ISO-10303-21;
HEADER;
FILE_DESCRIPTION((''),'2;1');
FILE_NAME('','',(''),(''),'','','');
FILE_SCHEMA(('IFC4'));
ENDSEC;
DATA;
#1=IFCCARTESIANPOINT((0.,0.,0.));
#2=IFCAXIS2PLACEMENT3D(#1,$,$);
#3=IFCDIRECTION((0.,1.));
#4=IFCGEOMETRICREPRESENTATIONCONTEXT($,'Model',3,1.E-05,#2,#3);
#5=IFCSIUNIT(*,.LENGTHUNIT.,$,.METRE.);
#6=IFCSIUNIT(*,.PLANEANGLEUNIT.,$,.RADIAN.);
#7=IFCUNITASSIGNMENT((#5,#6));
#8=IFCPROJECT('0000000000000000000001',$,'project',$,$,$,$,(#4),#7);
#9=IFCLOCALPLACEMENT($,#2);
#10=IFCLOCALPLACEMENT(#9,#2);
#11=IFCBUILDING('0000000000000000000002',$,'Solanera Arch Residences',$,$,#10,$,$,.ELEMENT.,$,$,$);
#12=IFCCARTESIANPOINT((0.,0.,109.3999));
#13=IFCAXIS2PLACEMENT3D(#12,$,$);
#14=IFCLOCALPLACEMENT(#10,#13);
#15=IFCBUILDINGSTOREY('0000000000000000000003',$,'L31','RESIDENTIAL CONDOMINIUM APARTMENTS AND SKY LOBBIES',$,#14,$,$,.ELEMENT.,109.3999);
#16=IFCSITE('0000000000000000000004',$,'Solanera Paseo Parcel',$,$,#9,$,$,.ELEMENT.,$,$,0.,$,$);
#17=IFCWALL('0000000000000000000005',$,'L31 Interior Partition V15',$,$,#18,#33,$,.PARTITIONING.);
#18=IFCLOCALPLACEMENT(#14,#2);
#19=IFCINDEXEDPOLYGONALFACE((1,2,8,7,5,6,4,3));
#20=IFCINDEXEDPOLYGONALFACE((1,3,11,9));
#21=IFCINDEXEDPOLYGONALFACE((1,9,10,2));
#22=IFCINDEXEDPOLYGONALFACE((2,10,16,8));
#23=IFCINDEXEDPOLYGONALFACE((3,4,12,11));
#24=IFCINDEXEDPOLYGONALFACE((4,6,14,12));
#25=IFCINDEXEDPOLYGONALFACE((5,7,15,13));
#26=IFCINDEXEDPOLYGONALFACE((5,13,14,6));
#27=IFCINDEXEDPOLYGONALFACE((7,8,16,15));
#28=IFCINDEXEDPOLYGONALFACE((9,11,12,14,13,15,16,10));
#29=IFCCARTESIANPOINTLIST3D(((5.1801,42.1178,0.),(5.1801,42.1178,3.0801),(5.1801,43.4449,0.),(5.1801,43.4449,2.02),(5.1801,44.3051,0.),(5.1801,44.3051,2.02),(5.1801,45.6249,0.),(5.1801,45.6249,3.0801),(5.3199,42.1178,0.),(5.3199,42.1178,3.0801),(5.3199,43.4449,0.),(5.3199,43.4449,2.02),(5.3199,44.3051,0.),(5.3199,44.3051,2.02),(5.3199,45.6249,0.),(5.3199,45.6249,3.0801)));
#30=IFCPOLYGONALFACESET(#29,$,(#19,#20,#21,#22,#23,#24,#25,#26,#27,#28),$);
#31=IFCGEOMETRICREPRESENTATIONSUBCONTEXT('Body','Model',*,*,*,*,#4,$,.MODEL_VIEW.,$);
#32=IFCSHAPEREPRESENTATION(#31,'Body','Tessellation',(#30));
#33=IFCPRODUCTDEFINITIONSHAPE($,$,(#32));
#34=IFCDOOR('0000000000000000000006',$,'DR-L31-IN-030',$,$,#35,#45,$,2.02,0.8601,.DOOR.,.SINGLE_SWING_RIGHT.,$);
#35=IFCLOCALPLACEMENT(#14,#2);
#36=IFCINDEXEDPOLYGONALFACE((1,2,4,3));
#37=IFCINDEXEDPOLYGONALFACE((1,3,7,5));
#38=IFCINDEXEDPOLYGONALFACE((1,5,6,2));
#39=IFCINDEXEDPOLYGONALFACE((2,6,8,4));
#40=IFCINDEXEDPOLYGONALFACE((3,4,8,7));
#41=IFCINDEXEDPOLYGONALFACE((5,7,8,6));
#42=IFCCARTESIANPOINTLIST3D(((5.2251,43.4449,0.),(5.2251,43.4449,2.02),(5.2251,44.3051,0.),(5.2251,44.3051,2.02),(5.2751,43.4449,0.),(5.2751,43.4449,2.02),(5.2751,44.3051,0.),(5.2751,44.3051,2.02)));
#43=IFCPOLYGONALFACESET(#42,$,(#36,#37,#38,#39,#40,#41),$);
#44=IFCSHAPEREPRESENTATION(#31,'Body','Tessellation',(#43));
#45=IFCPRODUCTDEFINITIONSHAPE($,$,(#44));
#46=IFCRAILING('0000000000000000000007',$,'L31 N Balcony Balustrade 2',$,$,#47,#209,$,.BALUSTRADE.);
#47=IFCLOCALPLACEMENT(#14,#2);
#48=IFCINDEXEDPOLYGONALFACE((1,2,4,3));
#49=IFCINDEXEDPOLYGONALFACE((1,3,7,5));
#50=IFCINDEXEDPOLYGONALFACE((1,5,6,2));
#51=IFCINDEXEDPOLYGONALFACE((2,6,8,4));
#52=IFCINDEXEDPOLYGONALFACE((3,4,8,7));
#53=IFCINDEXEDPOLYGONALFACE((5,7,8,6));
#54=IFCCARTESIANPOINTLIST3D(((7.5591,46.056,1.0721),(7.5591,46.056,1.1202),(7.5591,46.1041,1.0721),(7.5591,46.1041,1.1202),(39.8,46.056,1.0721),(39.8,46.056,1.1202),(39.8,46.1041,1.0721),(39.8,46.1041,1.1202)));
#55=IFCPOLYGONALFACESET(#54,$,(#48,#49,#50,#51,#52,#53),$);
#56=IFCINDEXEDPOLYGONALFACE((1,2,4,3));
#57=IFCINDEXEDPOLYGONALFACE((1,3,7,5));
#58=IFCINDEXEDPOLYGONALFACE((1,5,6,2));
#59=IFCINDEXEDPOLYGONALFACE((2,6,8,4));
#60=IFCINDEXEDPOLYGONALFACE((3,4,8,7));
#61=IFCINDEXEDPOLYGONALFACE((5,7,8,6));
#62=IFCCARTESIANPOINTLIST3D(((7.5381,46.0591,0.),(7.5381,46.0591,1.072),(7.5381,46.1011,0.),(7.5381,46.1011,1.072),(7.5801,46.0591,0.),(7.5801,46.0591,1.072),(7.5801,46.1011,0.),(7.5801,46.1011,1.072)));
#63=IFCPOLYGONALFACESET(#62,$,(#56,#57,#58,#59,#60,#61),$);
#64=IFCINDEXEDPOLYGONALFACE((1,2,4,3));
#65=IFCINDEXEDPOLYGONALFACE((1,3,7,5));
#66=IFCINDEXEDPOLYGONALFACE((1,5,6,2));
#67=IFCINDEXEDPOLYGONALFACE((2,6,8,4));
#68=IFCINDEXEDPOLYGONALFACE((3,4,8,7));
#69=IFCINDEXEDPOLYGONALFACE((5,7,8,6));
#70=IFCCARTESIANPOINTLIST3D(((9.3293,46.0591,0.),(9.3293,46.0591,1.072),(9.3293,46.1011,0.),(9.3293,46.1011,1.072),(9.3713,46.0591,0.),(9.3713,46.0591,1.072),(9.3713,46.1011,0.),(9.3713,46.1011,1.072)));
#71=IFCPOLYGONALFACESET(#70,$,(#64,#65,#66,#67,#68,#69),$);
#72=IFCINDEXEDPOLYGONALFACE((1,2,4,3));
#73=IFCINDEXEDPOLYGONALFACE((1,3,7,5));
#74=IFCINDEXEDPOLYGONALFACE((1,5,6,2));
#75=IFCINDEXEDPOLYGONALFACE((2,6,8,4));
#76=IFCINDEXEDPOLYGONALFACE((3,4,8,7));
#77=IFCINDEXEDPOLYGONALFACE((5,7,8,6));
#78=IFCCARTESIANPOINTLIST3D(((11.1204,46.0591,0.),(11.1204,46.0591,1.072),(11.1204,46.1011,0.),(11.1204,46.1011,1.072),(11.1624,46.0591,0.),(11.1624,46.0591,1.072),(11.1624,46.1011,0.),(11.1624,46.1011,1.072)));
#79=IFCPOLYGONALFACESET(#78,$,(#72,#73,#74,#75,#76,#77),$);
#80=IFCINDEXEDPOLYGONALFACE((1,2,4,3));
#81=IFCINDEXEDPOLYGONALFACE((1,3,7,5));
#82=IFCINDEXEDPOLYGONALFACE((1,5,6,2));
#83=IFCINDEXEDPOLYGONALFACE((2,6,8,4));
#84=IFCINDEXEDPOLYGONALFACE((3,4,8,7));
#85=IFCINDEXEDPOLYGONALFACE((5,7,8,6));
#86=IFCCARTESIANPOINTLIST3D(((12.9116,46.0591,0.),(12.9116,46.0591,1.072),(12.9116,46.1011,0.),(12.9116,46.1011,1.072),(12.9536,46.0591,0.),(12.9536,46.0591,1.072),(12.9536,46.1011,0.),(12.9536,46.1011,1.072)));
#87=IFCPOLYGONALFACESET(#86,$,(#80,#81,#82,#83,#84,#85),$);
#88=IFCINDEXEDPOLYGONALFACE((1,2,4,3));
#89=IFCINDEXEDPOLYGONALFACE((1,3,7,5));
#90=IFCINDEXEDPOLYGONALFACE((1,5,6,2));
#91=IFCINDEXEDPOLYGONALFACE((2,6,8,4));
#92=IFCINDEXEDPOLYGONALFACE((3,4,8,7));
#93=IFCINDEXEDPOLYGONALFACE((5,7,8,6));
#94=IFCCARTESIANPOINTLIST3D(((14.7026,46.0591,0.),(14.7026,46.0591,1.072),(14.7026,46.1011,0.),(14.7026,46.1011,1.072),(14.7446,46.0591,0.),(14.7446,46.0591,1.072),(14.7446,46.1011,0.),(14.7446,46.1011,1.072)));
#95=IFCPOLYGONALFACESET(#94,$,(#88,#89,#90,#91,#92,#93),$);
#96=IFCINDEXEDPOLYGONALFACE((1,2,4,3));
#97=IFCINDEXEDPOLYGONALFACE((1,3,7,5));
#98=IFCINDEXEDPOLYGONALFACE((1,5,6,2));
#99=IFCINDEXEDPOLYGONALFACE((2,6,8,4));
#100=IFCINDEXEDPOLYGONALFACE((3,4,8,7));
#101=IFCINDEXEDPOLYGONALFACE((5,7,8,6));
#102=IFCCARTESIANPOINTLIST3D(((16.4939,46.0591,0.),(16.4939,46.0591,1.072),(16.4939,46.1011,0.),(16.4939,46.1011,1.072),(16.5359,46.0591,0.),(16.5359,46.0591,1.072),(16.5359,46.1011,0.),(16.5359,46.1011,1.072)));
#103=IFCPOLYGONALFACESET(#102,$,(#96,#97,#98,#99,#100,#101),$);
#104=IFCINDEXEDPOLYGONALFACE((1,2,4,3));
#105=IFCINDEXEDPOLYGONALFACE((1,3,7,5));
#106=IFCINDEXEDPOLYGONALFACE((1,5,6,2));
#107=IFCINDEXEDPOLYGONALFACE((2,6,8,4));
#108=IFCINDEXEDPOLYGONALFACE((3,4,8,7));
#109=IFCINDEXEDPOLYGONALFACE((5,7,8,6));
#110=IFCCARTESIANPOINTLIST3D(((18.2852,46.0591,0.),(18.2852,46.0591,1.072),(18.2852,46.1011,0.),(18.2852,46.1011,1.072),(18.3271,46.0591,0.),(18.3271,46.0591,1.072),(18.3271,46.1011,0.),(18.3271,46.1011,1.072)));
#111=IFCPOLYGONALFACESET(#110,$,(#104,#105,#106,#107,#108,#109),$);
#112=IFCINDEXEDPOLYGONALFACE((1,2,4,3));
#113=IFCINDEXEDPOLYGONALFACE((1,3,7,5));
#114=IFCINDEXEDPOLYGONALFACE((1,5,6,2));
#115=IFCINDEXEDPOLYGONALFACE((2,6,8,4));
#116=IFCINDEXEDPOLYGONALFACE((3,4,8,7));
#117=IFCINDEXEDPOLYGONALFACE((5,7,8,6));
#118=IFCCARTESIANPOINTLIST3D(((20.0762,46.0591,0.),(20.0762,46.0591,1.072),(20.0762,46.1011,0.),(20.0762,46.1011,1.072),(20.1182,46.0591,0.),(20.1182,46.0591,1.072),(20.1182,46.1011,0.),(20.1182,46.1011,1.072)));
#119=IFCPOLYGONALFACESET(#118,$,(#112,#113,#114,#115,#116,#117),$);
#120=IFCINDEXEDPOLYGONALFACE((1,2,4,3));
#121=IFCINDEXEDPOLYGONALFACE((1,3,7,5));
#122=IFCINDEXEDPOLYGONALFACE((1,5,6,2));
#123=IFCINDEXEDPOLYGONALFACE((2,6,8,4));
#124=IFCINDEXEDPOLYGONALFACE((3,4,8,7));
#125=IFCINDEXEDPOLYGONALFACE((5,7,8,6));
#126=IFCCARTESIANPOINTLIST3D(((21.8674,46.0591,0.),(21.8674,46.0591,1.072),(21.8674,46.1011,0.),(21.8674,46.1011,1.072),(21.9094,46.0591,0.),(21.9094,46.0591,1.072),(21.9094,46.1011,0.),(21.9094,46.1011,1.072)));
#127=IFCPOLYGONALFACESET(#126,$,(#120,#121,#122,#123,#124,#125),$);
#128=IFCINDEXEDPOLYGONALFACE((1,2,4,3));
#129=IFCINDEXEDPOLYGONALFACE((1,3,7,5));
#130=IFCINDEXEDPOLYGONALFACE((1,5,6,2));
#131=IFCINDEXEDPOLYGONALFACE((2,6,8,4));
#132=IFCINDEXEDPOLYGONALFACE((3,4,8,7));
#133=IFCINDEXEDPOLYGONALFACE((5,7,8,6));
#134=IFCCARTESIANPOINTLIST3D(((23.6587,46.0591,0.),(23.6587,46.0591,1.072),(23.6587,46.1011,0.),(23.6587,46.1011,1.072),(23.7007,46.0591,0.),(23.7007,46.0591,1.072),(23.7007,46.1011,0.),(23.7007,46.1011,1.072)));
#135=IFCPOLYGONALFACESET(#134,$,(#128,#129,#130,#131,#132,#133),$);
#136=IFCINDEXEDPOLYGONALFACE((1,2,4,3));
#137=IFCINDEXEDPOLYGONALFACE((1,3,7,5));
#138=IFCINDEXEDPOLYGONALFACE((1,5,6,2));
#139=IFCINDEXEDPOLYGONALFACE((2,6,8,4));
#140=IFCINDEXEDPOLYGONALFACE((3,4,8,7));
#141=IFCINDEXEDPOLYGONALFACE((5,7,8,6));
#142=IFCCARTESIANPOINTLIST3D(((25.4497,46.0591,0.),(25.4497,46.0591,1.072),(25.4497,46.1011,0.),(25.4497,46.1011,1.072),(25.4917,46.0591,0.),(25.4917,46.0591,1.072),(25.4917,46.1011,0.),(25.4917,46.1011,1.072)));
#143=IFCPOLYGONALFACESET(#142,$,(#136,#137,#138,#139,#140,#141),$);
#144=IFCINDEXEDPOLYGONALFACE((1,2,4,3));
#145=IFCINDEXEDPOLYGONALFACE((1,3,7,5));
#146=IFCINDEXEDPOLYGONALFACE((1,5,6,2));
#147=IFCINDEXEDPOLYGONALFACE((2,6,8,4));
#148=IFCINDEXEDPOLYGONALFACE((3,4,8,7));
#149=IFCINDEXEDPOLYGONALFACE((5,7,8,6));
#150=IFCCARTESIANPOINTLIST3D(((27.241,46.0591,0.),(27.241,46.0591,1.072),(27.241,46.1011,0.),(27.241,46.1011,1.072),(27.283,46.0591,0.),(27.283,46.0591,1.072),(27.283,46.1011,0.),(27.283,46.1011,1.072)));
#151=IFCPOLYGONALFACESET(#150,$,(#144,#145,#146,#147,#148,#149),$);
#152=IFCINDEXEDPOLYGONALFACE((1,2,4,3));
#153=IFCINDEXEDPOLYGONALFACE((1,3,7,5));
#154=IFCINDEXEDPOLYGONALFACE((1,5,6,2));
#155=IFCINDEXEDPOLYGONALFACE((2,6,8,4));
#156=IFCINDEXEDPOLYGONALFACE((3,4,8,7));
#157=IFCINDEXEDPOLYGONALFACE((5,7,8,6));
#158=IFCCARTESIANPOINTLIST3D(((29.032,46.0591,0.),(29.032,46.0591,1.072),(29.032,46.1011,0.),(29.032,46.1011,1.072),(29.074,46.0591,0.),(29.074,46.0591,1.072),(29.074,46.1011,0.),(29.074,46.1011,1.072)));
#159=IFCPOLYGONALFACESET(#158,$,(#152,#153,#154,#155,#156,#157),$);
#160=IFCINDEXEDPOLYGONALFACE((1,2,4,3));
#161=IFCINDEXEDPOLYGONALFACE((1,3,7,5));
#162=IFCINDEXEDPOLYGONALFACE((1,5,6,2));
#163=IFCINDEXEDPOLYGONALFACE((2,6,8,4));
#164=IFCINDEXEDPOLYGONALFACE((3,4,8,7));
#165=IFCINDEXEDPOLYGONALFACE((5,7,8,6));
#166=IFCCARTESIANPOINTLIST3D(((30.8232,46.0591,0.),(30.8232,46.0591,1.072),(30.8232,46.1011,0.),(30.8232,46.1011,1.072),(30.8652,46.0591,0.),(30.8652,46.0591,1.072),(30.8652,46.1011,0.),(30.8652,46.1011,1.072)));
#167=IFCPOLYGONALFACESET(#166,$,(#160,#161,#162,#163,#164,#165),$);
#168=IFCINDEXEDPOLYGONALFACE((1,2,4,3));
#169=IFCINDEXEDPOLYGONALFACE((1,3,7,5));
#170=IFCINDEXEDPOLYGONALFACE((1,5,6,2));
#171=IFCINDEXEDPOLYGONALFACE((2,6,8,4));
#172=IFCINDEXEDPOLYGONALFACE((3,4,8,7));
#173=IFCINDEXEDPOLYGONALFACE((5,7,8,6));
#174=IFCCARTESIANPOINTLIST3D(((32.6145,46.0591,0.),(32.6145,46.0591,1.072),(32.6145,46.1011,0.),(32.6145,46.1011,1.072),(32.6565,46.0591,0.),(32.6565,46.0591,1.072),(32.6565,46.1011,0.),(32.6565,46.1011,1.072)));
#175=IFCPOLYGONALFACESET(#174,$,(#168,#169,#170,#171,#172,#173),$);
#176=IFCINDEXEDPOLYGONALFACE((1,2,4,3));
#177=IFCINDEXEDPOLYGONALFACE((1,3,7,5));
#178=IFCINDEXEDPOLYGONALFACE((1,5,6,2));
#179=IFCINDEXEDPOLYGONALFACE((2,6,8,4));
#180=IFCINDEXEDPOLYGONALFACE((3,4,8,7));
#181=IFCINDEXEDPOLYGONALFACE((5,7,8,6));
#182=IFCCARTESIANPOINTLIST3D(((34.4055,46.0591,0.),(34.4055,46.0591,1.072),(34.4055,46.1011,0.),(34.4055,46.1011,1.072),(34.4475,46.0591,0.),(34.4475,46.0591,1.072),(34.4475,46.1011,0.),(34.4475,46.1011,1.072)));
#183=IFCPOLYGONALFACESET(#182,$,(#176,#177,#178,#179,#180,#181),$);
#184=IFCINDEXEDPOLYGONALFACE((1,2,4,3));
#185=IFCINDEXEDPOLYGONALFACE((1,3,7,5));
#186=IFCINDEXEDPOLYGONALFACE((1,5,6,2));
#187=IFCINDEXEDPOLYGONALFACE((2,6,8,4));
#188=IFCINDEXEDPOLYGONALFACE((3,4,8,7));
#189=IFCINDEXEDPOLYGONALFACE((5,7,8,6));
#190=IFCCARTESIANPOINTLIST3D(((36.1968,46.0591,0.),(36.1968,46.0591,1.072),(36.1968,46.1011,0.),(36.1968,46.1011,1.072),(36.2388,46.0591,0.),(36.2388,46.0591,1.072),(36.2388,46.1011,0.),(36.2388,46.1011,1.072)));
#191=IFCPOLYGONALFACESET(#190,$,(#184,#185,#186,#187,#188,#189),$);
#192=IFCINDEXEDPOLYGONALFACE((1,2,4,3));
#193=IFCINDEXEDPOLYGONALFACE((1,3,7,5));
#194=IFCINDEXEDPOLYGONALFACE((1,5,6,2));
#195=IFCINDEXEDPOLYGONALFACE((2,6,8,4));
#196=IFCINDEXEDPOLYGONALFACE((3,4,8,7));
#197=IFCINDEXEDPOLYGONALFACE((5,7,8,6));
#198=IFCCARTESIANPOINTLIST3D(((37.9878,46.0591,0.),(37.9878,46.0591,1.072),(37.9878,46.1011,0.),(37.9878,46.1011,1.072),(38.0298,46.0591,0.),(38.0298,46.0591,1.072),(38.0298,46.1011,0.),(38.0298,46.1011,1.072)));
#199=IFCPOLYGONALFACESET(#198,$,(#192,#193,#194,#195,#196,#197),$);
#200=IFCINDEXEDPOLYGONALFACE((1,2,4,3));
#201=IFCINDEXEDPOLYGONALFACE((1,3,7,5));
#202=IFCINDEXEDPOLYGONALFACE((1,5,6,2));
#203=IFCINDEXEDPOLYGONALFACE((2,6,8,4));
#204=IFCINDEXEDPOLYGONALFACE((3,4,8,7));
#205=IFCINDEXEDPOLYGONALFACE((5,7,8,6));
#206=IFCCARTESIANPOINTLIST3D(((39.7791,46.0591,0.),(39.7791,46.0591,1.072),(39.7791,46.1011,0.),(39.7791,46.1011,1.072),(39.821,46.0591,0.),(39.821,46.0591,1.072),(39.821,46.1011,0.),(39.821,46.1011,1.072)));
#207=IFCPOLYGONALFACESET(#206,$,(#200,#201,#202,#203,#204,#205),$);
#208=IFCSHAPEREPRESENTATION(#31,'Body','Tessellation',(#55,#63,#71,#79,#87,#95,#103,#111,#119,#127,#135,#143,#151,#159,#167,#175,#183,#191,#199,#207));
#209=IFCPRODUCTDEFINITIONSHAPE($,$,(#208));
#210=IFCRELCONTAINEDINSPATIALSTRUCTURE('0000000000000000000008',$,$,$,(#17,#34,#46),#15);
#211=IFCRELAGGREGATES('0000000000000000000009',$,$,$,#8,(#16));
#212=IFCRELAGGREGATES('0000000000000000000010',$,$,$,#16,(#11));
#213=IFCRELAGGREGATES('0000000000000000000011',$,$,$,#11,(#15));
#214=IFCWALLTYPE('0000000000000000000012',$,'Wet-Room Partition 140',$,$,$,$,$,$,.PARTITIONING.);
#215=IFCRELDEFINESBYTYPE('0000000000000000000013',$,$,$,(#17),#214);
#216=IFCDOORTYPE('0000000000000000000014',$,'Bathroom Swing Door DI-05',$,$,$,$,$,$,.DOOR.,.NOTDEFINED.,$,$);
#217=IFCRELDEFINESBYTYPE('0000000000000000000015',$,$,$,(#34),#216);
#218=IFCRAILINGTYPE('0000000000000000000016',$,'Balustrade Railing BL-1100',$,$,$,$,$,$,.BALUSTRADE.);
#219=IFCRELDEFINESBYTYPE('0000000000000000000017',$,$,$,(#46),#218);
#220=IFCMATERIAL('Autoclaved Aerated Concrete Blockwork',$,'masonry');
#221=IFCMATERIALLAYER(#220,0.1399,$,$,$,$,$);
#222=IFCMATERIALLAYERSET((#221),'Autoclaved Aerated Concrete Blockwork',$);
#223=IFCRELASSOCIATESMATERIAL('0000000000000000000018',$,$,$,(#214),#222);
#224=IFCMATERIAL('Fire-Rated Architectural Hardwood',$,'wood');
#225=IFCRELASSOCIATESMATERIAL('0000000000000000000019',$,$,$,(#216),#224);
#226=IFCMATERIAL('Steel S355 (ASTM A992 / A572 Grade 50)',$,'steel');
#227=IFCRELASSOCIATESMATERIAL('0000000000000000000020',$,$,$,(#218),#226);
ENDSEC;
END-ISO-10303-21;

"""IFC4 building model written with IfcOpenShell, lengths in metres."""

from ifc_helpers import new_model, si_unit, direction, frame, frame_2d, origin, origin_2d, place, context, subcontext, project, spatial, rectangle, extrude, material, layer, layer_set, type_object, element, fill, save


model = new_model("IFC4")

# Units and contexts
model_context = context("Model", 3, precision=1e-05, world=origin(), true_north=direction((0.0, 1.0)))
body_context = subcontext(model_context, "Body", "Model", "MODEL_VIEW")
ifc_project = project(units=[si_unit("LENGTHUNIT", "METRE"), si_unit("PLANEANGLEUNIT", "RADIAN")], contexts=[model_context])

# Site, building, storey
site_placement = place(None, origin())
site = spatial("IfcSite", under=ifc_project, at=site_placement, Name="Solanera Paseo Parcel", CompositionType="ELEMENT", RefElevation=0.0)
building_placement = place(site_placement, origin())
building = spatial("IfcBuilding", under=site, at=building_placement, Name="Solanera Arch Residences", CompositionType="ELEMENT")
storey_placement = place(building_placement, frame((0.0, 0.0, 109.3999)))
storey = spatial("IfcBuildingStorey", under=building, at=storey_placement, Name="L31", Description="RESIDENTIAL CONDOMINIUM APARTMENTS AND SKY LOBBIES", CompositionType="ELEMENT", Elevation=109.3999)

# Wall, opening, door
ifc_material_1 = material(Name="Autoclaved Aerated Concrete Blockwork", Category="masonry")
ifc_layer_1 = layer(ifc_material_1, 0.1399)
ifc_layer_set_1 = layer_set([ifc_layer_1], Name="Autoclaved Aerated Concrete Blockwork")
wall_type_1 = type_object("IfcWallType", Name="Wet-Room Partition 140", PredefinedType="PARTITIONING", material=ifc_layer_set_1)
wall_1_placement = place(storey_placement, frame((5.25, 42.1179, 0.0), z_axis=(0.0, 0.0, 1.0), x_axis=(0.0, 1.0, 0.0)))
wall_1 = element("IfcWall", 1, at=wall_1_placement, inside=storey, type_object=wall_type_1, Name="L31 Interior Partition V15", PredefinedType="PARTITIONING", context=body_context, shape_type="SweptSolid", body=[
    extrude(rectangle(XDim=3.5071, YDim=0.1399, at=frame_2d((1.7534, 0.0))), origin(), (0.0, 0.0, 1.0), 3.0801),
])
opening_1_placement = place(wall_1_placement, frame((1.3269, 0.0, 0.0)))
opening_1 = element("IfcOpeningElement", 2, at=opening_1_placement, cuts=wall_1, PredefinedType="OPENING", context=body_context, shape_type="SweptSolid", body=[
    extrude(rectangle(XDim=0.8601, YDim=2.02, at=frame_2d((0.4302, 1.01))), frame((0.0, 0.0798, 0.0), z_axis=(0.0, -1.0, 0.0), x_axis=(1.0, 0.0, 0.0)), (0.0, 0.0, 1.0), 0.1599),
])
ifc_material_2 = material(Name="Fire-Rated Architectural Hardwood", Category="wood")
door_type_1 = type_object("IfcDoorType", Name="Bathroom Swing Door DI-05", OperationType="NOTDEFINED", PredefinedType="DOOR", material=ifc_material_2)
door_1_placement = place(opening_1_placement, origin())
door_1 = element("IfcDoor", 3, at=door_1_placement, inside=storey, type_object=door_type_1, Name="DR-L31-IN-030", OperationType="SINGLE_SWING_RIGHT", OverallHeight=2.02, OverallWidth=0.8601, PredefinedType="DOOR", context=body_context, shape_type="SweptSolid", body=[
    extrude(rectangle(XDim=0.8601, YDim=2.02, at=frame_2d((0.4302, 1.01))), frame((0.0, 0.0249, 0.0), z_axis=(0.0, -1.0, 0.0), x_axis=(1.0, 0.0, 0.0)), (0.0, 0.0, 1.0), 0.05),
])
fill(opening_1, door_1)

# Railing
ifc_material_3 = material(Name="Steel S355 (ASTM A992 / A572 Grade 50)", Category="steel")
railing_type = type_object("IfcRailingType", Name="Balustrade Railing BL-1100", PredefinedType="BALUSTRADE", material=ifc_material_3)
railing_placement = place(storey_placement, frame((7.5591, 46.0801, 0.0)))
element("IfcRailing", 4, at=railing_placement, inside=storey, type_object=railing_type, Name="L31 N Balcony Balustrade 2", PredefinedType="BALUSTRADE", context=body_context, shape_type="SweptSolid", body=[
    extrude(rectangle(XDim=0.0481, YDim=0.0481, at=origin_2d()), frame((0.0, 0.0, 1.0962), z_axis=(1.0, 0.0, 0.0), x_axis=(0.0, 1.0, 0.0)), (0.0, 0.0, 1.0), 32.241),
    extrude(rectangle(XDim=0.042, YDim=0.042, at=origin_2d()), origin(), (0.0, 0.0, 1.0), 1.072),
    extrude(rectangle(XDim=0.042, YDim=0.042, at=origin_2d()), frame((1.7913, 0.0, 0.0)), (0.0, 0.0, 1.0), 1.072),
    extrude(rectangle(XDim=0.042, YDim=0.042, at=origin_2d()), frame((3.5823, 0.0, 0.0)), (0.0, 0.0, 1.0), 1.072),
    extrude(rectangle(XDim=0.042, YDim=0.042, at=origin_2d()), frame((5.3735, 0.0, 0.0)), (0.0, 0.0, 1.0), 1.072),
    extrude(rectangle(XDim=0.042, YDim=0.042, at=origin_2d()), frame((7.1646, 0.0, 0.0)), (0.0, 0.0, 1.0), 1.072),
    extrude(rectangle(XDim=0.042, YDim=0.042, at=origin_2d()), frame((8.9558, 0.0, 0.0)), (0.0, 0.0, 1.0), 1.072),
    extrude(rectangle(XDim=0.042, YDim=0.042, at=origin_2d()), frame((10.7471, 0.0, 0.0)), (0.0, 0.0, 1.0), 1.072),
    extrude(rectangle(XDim=0.042, YDim=0.042, at=origin_2d()), frame((12.5381, 0.0, 0.0)), (0.0, 0.0, 1.0), 1.072),
    extrude(rectangle(XDim=0.042, YDim=0.042, at=origin_2d()), frame((14.3293, 0.0, 0.0)), (0.0, 0.0, 1.0), 1.072),
    extrude(rectangle(XDim=0.042, YDim=0.042, at=origin_2d()), frame((16.1206, 0.0, 0.0)), (0.0, 0.0, 1.0), 1.072),
    extrude(rectangle(XDim=0.042, YDim=0.042, at=origin_2d()), frame((17.9116, 0.0, 0.0)), (0.0, 0.0, 1.0), 1.072),
    extrude(rectangle(XDim=0.042, YDim=0.042, at=origin_2d()), frame((19.7029, 0.0, 0.0)), (0.0, 0.0, 1.0), 1.072),
    extrude(rectangle(XDim=0.042, YDim=0.042, at=origin_2d()), frame((21.4939, 0.0, 0.0)), (0.0, 0.0, 1.0), 1.072),
    extrude(rectangle(XDim=0.042, YDim=0.042, at=origin_2d()), frame((23.2852, 0.0, 0.0)), (0.0, 0.0, 1.0), 1.072),
    extrude(rectangle(XDim=0.042, YDim=0.042, at=origin_2d()), frame((25.0764, 0.0, 0.0)), (0.0, 0.0, 1.0), 1.072),
    extrude(rectangle(XDim=0.042, YDim=0.042, at=origin_2d()), frame((26.8674, 0.0, 0.0)), (0.0, 0.0, 1.0), 1.072),
    extrude(rectangle(XDim=0.042, YDim=0.042, at=origin_2d()), frame((28.6587, 0.0, 0.0)), (0.0, 0.0, 1.0), 1.072),
    extrude(rectangle(XDim=0.042, YDim=0.042, at=origin_2d()), frame((30.4497, 0.0, 0.0)), (0.0, 0.0, 1.0), 1.072),
    extrude(rectangle(XDim=0.042, YDim=0.042, at=origin_2d()), frame((32.241, 0.0, 0.0)), (0.0, 0.0, 1.0), 1.072),
])

save(model, "model.ifc")
